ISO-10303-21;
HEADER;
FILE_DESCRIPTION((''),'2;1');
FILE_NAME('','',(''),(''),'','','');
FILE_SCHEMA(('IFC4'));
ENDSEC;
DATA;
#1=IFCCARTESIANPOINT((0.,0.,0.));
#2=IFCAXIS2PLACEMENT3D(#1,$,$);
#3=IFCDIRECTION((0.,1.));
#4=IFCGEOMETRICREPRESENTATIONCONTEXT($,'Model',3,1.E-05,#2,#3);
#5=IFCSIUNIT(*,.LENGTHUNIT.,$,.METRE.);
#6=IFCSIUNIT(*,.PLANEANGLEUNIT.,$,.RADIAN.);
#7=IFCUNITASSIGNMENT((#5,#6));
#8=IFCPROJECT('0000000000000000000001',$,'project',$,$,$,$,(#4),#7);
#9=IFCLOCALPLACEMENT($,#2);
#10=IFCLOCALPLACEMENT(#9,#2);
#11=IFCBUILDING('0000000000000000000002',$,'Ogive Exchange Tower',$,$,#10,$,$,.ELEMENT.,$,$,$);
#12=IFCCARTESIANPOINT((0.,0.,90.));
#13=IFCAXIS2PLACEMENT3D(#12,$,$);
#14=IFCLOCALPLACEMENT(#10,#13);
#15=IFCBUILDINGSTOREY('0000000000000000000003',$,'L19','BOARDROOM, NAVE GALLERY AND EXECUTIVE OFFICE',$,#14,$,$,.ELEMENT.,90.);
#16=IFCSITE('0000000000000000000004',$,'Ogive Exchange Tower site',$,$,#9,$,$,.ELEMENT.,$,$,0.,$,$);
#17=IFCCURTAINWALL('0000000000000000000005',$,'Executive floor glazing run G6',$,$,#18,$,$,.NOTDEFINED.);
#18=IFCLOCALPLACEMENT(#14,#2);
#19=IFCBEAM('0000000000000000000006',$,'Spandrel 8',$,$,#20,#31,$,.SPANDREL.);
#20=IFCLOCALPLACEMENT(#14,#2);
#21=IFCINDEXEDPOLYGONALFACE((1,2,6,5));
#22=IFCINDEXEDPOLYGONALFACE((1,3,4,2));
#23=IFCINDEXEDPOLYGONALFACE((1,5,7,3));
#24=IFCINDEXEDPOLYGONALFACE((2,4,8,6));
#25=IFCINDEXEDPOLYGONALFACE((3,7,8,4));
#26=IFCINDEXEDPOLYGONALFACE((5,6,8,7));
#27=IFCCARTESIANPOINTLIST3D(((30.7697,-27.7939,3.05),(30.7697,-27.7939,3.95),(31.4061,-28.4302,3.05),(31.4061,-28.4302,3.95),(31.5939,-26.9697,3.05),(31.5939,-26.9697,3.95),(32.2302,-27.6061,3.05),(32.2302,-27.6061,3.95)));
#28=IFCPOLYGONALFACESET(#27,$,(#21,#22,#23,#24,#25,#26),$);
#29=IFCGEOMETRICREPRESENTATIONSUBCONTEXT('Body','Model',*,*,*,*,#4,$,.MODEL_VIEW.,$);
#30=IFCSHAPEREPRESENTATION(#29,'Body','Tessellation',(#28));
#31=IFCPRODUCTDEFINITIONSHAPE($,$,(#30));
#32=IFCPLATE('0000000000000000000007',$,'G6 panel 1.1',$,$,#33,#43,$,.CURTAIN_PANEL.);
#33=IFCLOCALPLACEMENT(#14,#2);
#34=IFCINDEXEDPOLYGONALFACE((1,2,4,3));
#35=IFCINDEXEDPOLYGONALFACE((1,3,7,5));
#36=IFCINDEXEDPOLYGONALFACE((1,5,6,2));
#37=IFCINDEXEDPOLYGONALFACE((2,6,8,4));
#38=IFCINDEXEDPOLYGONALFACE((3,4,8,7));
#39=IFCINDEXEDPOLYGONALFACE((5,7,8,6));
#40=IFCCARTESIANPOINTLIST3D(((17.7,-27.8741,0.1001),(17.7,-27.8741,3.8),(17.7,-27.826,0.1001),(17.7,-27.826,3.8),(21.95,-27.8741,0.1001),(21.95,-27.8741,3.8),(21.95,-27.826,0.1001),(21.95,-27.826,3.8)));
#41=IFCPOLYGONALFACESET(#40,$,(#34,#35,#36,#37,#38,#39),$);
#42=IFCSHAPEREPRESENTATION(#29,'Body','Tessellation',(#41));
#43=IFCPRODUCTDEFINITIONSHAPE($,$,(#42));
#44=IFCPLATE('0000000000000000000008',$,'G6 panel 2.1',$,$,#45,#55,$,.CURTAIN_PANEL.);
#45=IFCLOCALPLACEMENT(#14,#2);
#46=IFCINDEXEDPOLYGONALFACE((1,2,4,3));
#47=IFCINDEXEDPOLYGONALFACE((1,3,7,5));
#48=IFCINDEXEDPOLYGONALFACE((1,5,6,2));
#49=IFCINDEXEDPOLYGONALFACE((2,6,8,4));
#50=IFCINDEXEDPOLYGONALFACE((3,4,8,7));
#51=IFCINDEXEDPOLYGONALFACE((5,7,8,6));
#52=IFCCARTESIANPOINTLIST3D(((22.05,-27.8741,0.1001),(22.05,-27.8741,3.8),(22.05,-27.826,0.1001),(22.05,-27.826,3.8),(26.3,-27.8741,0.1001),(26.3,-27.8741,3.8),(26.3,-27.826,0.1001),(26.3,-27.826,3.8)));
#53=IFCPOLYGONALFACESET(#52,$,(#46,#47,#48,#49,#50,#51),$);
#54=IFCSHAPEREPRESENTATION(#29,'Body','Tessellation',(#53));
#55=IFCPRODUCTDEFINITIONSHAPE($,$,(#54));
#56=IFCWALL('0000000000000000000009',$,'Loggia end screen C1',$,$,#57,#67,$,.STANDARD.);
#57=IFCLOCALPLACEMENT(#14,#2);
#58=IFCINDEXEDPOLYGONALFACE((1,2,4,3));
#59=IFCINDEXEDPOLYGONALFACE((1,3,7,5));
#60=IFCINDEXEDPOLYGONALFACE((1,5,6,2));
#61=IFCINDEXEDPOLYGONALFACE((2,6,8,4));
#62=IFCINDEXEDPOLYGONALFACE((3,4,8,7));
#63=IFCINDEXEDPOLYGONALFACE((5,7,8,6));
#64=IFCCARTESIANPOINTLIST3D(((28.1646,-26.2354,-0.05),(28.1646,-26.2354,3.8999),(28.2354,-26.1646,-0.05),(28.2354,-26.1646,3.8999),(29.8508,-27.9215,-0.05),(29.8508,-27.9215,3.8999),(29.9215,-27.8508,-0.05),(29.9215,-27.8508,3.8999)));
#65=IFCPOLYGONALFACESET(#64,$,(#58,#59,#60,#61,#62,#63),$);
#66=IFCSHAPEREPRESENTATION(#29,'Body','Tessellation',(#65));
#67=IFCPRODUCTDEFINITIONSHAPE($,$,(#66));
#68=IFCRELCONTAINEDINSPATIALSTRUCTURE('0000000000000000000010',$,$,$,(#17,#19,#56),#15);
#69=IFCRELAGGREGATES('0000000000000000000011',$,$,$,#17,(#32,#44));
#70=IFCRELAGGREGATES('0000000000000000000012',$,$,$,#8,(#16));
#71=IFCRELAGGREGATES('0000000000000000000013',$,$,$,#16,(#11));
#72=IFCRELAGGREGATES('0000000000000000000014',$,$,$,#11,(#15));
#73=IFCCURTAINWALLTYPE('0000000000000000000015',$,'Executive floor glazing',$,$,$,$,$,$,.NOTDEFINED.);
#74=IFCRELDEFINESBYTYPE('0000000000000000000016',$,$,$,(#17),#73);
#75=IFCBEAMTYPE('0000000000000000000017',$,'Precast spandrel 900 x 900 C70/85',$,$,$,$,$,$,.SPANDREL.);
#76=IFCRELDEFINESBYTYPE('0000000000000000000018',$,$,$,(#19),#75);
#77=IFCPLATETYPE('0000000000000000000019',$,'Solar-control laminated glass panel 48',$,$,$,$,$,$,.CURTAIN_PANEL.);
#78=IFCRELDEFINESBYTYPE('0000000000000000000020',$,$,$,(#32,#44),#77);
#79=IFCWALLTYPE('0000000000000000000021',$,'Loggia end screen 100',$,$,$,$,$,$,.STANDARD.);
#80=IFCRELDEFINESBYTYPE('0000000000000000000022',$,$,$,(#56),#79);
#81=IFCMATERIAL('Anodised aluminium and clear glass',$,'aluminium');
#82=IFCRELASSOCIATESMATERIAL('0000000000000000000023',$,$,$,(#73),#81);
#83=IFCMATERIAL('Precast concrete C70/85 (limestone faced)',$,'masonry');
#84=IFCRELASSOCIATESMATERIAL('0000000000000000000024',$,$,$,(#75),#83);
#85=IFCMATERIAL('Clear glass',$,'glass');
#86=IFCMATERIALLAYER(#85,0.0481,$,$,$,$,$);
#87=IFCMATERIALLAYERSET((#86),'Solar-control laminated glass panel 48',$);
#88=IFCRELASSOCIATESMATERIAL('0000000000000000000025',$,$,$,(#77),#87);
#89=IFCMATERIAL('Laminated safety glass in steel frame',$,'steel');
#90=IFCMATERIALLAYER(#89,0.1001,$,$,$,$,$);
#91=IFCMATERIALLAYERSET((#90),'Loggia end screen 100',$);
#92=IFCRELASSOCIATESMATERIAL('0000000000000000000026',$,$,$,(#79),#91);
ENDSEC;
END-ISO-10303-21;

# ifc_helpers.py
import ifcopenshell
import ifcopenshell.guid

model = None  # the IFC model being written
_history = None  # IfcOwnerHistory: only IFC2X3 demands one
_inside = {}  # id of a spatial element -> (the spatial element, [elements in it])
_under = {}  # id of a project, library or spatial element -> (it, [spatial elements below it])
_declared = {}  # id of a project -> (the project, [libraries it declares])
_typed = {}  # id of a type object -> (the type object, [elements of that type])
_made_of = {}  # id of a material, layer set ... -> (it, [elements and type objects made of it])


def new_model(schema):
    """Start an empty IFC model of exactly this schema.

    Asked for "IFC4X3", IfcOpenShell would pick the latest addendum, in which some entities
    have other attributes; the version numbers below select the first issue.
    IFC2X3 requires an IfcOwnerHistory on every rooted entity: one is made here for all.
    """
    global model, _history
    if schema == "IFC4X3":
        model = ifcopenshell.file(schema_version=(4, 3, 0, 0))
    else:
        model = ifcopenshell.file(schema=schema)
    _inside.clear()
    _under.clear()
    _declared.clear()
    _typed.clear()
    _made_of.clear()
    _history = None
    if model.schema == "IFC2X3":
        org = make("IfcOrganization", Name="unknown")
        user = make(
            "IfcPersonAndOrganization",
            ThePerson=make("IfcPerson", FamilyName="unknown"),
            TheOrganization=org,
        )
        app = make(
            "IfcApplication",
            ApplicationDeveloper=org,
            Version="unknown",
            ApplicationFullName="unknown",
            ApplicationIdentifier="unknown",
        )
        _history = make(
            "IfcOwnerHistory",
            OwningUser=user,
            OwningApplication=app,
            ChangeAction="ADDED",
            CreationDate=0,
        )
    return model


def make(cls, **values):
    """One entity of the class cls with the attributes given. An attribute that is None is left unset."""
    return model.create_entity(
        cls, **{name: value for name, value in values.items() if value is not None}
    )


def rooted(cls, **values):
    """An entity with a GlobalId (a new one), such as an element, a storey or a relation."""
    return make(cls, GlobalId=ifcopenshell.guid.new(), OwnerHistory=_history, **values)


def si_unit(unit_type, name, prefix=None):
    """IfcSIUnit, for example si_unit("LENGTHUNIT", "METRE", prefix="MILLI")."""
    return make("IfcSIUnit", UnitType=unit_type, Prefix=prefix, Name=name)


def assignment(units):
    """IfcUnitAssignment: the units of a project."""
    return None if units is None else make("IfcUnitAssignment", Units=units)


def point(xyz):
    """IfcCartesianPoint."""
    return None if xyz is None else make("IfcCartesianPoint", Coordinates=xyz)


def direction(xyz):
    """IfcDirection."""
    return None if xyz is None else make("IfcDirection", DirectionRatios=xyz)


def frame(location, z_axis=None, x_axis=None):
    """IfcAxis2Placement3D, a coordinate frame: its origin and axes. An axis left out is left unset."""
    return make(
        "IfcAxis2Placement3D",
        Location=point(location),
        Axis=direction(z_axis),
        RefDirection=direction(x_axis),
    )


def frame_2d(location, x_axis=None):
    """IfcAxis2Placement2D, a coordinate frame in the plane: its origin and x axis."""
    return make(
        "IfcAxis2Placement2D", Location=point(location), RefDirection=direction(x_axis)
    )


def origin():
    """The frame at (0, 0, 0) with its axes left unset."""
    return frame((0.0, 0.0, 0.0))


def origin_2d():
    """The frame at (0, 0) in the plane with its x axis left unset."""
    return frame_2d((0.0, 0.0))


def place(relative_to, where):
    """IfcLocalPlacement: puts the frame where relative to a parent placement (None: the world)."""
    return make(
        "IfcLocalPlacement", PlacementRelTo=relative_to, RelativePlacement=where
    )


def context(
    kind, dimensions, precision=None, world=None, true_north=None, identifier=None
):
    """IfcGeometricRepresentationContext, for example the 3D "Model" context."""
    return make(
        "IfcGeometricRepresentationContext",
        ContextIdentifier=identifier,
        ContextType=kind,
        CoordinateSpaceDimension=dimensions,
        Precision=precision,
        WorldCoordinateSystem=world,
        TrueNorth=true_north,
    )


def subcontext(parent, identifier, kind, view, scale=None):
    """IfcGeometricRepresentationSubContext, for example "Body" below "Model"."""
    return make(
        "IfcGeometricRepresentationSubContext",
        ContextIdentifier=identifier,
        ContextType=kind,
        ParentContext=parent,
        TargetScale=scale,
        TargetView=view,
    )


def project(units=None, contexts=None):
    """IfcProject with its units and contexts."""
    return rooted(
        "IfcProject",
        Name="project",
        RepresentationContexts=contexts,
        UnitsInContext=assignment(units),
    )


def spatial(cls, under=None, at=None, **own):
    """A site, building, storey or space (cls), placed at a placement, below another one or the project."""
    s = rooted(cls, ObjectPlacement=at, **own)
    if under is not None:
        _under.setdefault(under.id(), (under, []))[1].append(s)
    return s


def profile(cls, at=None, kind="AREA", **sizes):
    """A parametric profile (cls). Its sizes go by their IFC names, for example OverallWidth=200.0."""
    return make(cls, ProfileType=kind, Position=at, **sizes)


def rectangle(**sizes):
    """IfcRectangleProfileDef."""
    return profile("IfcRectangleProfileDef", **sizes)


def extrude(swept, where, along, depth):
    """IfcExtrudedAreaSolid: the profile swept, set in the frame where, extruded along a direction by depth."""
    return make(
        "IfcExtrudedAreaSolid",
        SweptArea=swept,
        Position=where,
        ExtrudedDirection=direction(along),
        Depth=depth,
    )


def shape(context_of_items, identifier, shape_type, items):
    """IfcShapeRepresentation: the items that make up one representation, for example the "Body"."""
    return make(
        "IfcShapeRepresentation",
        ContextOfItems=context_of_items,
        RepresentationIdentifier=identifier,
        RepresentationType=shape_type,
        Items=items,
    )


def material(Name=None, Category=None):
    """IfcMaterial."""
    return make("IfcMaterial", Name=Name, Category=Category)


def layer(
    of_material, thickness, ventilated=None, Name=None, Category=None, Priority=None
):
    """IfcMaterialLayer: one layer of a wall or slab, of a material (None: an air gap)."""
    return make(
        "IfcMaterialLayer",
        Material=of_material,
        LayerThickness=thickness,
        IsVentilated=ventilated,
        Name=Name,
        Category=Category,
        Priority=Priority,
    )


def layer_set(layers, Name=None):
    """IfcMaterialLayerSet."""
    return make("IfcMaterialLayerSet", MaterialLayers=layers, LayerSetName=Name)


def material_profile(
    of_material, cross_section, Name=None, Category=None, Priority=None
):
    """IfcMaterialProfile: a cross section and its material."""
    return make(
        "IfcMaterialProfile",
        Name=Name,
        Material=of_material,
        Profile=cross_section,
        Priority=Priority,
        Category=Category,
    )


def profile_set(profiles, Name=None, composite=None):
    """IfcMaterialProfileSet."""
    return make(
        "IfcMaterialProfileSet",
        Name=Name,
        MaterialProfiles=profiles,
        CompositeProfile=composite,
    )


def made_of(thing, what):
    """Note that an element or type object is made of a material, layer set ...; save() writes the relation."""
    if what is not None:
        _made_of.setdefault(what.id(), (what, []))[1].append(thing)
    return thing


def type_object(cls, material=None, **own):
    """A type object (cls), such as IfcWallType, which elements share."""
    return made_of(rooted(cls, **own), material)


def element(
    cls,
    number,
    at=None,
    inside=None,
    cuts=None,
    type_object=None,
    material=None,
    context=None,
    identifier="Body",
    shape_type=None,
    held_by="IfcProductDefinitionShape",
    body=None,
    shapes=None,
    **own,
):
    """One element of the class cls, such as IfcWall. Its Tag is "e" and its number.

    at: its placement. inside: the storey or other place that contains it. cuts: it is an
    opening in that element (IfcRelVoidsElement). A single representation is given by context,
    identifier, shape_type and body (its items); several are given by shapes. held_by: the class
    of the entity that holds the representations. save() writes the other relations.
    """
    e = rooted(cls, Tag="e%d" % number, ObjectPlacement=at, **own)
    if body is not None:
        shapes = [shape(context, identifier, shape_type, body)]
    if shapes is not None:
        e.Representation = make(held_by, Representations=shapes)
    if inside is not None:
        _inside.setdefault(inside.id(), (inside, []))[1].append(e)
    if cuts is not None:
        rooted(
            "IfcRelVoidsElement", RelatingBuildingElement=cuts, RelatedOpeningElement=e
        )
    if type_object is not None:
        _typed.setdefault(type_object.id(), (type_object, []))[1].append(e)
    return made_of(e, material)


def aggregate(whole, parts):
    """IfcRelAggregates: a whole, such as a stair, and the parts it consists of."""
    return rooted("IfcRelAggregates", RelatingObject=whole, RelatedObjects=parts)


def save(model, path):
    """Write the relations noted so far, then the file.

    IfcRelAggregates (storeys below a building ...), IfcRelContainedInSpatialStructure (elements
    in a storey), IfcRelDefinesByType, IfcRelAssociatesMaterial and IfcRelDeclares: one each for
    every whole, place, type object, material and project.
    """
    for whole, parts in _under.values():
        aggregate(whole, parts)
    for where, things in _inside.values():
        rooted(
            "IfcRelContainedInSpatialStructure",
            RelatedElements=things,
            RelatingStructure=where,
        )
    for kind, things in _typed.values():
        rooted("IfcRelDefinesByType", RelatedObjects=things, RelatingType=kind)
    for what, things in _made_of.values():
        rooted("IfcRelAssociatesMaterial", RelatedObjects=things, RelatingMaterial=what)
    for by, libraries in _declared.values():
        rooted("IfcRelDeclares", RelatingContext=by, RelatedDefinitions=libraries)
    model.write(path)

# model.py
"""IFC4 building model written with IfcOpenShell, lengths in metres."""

from ifc_helpers import new_model, si_unit, direction, frame, frame_2d, origin, origin_2d, place, context, subcontext, project, spatial, rectangle, extrude, material, layer, layer_set, material_profile, profile_set, type_object, element, aggregate, save


model = new_model("IFC4")

# Units and contexts
model_context = context("Model", 3, precision=1e-05, world=origin(), true_north=direction((0.0, 1.0)))
body_context = subcontext(model_context, "Body", "Model", "MODEL_VIEW")
ifc_project = project(units=[si_unit("LENGTHUNIT", "METRE"), si_unit("PLANEANGLEUNIT", "RADIAN")], contexts=[model_context])

# Site, building, storey
site_placement = place(None, origin())
site = spatial("IfcSite", under=ifc_project, at=site_placement, Name="Ogive Exchange Tower site", CompositionType="ELEMENT", RefElevation=0.0)
building_placement = place(site_placement, origin())
building = spatial("IfcBuilding", under=site, at=building_placement, Name="Ogive Exchange Tower", CompositionType="ELEMENT")
storey_placement = place(building_placement, frame((0.0, 0.0, 90.0)))
storey = spatial("IfcBuildingStorey", under=building, at=storey_placement, Name="L19", Description="BOARDROOM, NAVE GALLERY AND EXECUTIVE OFFICE", CompositionType="ELEMENT", Elevation=90.0)

# Shared definitions
ifc_material_1 = material(Name="Precast concrete C70/85 (limestone faced)", Category="masonry")

# Curtain wall
ifc_material_2 = material(Name="Anodised aluminium and clear glass", Category="aluminium")
curtain_wall_type = type_object("IfcCurtainWallType", Name="Executive floor glazing", PredefinedType="NOTDEFINED", material=ifc_material_2)
curtain_wall_placement = place(storey_placement, origin())
curtain_wall = element("IfcCurtainWall", 1, at=curtain_wall_placement, inside=storey, type_object=curtain_wall_type, Name="Executive floor glazing run G6", PredefinedType="NOTDEFINED")

# Beam
ifc_material_profile_1 = material_profile(ifc_material_1, rectangle(XDim=0.8999, YDim=0.8999, at=origin_2d()), Name="900 x 900")
ifc_profile_set_1 = profile_set([ifc_material_profile_1], Name="Precast concrete C70/85 (limestone faced)")
beam_type_1 = type_object("IfcBeamType", Name="Precast spandrel 900 x 900 C70/85", PredefinedType="SPANDREL", material=ifc_profile_set_1)
for number, where, z_axis, x_axis, name in (
    (2, (31.0879, -28.1121, 3.5), (0.707107, 0.707107, 0.0), (-0.707107, 0.707107, 0.0), "Spandrel 8"),
):
    element("IfcBeam", number, at=place(storey_placement, frame(where, z_axis=z_axis, x_axis=x_axis)), inside=storey, type_object=beam_type_1, Name=name, PredefinedType="SPANDREL", context=body_context, shape_type="SweptSolid", body=[
        extrude(rectangle(XDim=0.8999, YDim=0.8999, at=origin_2d()), origin(), (0.0, 0.0, 1.0), 1.1655),
    ])

# Plates
ifc_material_3 = material(Name="Clear glass", Category="glass")
ifc_layer_1 = layer(ifc_material_3, 0.0481)
ifc_layer_set_1 = layer_set([ifc_layer_1], Name="Solar-control laminated glass panel 48")
plate_type = type_object("IfcPlateType", Name="Solar-control laminated glass panel 48", PredefinedType="CURTAIN_PANEL", material=ifc_layer_set_1)
plate_1_placement = place(storey_placement, frame((19.825, -27.8501, 0.1001), z_axis=(0.0, 0.0, 1.0), x_axis=(1.0, 0.0, 0.0)))
plate_1 = element("IfcPlate", 3, at=plate_1_placement, type_object=plate_type, Name="G6 panel 1.1", PredefinedType="CURTAIN_PANEL", context=body_context, shape_type="SweptSolid", body=[
    extrude(rectangle(XDim=4.25, YDim=0.0481, at=origin_2d()), origin(), (0.0, 0.0, 1.0), 3.7),
])
plate_2_placement = place(storey_placement, frame((24.175, -27.8501, 0.1001), z_axis=(0.0, 0.0, 1.0), x_axis=(1.0, 0.0, 0.0)))
plate_2 = element("IfcPlate", 4, at=plate_2_placement, type_object=plate_type, Name="G6 panel 2.1", PredefinedType="CURTAIN_PANEL", context=body_context, shape_type="SweptSolid", body=[
    extrude(rectangle(XDim=4.25, YDim=0.0481, at=origin_2d()), origin(), (0.0, 0.0, 1.0), 3.7),
])
aggregate(curtain_wall, [plate_1, plate_2])

# Wall
ifc_material_4 = material(Name="Laminated safety glass in steel frame", Category="steel")
ifc_layer_2 = layer(ifc_material_4, 0.1001)
ifc_layer_set_2 = layer_set([ifc_layer_2], Name="Loggia end screen 100")
wall_type = type_object("IfcWallType", Name="Loggia end screen 100", PredefinedType="STANDARD", material=ifc_layer_set_2)
wall_placement = place(storey_placement, frame((28.2, -26.2, -0.05), z_axis=(0.0, 0.0, 1.0), x_axis=(0.707107, -0.707107, 0.0)))
element("IfcWall", 5, at=wall_placement, inside=storey, type_object=wall_type, Name="Loggia end screen C1", PredefinedType="STANDARD", context=body_context, shape_type="SweptSolid", body=[
    extrude(rectangle(XDim=2.3845, YDim=0.1001, at=frame_2d((1.1924, 0.0))), origin(), (0.0, 0.0, 1.0), 3.95),
])

save(model, "model.ifc")
